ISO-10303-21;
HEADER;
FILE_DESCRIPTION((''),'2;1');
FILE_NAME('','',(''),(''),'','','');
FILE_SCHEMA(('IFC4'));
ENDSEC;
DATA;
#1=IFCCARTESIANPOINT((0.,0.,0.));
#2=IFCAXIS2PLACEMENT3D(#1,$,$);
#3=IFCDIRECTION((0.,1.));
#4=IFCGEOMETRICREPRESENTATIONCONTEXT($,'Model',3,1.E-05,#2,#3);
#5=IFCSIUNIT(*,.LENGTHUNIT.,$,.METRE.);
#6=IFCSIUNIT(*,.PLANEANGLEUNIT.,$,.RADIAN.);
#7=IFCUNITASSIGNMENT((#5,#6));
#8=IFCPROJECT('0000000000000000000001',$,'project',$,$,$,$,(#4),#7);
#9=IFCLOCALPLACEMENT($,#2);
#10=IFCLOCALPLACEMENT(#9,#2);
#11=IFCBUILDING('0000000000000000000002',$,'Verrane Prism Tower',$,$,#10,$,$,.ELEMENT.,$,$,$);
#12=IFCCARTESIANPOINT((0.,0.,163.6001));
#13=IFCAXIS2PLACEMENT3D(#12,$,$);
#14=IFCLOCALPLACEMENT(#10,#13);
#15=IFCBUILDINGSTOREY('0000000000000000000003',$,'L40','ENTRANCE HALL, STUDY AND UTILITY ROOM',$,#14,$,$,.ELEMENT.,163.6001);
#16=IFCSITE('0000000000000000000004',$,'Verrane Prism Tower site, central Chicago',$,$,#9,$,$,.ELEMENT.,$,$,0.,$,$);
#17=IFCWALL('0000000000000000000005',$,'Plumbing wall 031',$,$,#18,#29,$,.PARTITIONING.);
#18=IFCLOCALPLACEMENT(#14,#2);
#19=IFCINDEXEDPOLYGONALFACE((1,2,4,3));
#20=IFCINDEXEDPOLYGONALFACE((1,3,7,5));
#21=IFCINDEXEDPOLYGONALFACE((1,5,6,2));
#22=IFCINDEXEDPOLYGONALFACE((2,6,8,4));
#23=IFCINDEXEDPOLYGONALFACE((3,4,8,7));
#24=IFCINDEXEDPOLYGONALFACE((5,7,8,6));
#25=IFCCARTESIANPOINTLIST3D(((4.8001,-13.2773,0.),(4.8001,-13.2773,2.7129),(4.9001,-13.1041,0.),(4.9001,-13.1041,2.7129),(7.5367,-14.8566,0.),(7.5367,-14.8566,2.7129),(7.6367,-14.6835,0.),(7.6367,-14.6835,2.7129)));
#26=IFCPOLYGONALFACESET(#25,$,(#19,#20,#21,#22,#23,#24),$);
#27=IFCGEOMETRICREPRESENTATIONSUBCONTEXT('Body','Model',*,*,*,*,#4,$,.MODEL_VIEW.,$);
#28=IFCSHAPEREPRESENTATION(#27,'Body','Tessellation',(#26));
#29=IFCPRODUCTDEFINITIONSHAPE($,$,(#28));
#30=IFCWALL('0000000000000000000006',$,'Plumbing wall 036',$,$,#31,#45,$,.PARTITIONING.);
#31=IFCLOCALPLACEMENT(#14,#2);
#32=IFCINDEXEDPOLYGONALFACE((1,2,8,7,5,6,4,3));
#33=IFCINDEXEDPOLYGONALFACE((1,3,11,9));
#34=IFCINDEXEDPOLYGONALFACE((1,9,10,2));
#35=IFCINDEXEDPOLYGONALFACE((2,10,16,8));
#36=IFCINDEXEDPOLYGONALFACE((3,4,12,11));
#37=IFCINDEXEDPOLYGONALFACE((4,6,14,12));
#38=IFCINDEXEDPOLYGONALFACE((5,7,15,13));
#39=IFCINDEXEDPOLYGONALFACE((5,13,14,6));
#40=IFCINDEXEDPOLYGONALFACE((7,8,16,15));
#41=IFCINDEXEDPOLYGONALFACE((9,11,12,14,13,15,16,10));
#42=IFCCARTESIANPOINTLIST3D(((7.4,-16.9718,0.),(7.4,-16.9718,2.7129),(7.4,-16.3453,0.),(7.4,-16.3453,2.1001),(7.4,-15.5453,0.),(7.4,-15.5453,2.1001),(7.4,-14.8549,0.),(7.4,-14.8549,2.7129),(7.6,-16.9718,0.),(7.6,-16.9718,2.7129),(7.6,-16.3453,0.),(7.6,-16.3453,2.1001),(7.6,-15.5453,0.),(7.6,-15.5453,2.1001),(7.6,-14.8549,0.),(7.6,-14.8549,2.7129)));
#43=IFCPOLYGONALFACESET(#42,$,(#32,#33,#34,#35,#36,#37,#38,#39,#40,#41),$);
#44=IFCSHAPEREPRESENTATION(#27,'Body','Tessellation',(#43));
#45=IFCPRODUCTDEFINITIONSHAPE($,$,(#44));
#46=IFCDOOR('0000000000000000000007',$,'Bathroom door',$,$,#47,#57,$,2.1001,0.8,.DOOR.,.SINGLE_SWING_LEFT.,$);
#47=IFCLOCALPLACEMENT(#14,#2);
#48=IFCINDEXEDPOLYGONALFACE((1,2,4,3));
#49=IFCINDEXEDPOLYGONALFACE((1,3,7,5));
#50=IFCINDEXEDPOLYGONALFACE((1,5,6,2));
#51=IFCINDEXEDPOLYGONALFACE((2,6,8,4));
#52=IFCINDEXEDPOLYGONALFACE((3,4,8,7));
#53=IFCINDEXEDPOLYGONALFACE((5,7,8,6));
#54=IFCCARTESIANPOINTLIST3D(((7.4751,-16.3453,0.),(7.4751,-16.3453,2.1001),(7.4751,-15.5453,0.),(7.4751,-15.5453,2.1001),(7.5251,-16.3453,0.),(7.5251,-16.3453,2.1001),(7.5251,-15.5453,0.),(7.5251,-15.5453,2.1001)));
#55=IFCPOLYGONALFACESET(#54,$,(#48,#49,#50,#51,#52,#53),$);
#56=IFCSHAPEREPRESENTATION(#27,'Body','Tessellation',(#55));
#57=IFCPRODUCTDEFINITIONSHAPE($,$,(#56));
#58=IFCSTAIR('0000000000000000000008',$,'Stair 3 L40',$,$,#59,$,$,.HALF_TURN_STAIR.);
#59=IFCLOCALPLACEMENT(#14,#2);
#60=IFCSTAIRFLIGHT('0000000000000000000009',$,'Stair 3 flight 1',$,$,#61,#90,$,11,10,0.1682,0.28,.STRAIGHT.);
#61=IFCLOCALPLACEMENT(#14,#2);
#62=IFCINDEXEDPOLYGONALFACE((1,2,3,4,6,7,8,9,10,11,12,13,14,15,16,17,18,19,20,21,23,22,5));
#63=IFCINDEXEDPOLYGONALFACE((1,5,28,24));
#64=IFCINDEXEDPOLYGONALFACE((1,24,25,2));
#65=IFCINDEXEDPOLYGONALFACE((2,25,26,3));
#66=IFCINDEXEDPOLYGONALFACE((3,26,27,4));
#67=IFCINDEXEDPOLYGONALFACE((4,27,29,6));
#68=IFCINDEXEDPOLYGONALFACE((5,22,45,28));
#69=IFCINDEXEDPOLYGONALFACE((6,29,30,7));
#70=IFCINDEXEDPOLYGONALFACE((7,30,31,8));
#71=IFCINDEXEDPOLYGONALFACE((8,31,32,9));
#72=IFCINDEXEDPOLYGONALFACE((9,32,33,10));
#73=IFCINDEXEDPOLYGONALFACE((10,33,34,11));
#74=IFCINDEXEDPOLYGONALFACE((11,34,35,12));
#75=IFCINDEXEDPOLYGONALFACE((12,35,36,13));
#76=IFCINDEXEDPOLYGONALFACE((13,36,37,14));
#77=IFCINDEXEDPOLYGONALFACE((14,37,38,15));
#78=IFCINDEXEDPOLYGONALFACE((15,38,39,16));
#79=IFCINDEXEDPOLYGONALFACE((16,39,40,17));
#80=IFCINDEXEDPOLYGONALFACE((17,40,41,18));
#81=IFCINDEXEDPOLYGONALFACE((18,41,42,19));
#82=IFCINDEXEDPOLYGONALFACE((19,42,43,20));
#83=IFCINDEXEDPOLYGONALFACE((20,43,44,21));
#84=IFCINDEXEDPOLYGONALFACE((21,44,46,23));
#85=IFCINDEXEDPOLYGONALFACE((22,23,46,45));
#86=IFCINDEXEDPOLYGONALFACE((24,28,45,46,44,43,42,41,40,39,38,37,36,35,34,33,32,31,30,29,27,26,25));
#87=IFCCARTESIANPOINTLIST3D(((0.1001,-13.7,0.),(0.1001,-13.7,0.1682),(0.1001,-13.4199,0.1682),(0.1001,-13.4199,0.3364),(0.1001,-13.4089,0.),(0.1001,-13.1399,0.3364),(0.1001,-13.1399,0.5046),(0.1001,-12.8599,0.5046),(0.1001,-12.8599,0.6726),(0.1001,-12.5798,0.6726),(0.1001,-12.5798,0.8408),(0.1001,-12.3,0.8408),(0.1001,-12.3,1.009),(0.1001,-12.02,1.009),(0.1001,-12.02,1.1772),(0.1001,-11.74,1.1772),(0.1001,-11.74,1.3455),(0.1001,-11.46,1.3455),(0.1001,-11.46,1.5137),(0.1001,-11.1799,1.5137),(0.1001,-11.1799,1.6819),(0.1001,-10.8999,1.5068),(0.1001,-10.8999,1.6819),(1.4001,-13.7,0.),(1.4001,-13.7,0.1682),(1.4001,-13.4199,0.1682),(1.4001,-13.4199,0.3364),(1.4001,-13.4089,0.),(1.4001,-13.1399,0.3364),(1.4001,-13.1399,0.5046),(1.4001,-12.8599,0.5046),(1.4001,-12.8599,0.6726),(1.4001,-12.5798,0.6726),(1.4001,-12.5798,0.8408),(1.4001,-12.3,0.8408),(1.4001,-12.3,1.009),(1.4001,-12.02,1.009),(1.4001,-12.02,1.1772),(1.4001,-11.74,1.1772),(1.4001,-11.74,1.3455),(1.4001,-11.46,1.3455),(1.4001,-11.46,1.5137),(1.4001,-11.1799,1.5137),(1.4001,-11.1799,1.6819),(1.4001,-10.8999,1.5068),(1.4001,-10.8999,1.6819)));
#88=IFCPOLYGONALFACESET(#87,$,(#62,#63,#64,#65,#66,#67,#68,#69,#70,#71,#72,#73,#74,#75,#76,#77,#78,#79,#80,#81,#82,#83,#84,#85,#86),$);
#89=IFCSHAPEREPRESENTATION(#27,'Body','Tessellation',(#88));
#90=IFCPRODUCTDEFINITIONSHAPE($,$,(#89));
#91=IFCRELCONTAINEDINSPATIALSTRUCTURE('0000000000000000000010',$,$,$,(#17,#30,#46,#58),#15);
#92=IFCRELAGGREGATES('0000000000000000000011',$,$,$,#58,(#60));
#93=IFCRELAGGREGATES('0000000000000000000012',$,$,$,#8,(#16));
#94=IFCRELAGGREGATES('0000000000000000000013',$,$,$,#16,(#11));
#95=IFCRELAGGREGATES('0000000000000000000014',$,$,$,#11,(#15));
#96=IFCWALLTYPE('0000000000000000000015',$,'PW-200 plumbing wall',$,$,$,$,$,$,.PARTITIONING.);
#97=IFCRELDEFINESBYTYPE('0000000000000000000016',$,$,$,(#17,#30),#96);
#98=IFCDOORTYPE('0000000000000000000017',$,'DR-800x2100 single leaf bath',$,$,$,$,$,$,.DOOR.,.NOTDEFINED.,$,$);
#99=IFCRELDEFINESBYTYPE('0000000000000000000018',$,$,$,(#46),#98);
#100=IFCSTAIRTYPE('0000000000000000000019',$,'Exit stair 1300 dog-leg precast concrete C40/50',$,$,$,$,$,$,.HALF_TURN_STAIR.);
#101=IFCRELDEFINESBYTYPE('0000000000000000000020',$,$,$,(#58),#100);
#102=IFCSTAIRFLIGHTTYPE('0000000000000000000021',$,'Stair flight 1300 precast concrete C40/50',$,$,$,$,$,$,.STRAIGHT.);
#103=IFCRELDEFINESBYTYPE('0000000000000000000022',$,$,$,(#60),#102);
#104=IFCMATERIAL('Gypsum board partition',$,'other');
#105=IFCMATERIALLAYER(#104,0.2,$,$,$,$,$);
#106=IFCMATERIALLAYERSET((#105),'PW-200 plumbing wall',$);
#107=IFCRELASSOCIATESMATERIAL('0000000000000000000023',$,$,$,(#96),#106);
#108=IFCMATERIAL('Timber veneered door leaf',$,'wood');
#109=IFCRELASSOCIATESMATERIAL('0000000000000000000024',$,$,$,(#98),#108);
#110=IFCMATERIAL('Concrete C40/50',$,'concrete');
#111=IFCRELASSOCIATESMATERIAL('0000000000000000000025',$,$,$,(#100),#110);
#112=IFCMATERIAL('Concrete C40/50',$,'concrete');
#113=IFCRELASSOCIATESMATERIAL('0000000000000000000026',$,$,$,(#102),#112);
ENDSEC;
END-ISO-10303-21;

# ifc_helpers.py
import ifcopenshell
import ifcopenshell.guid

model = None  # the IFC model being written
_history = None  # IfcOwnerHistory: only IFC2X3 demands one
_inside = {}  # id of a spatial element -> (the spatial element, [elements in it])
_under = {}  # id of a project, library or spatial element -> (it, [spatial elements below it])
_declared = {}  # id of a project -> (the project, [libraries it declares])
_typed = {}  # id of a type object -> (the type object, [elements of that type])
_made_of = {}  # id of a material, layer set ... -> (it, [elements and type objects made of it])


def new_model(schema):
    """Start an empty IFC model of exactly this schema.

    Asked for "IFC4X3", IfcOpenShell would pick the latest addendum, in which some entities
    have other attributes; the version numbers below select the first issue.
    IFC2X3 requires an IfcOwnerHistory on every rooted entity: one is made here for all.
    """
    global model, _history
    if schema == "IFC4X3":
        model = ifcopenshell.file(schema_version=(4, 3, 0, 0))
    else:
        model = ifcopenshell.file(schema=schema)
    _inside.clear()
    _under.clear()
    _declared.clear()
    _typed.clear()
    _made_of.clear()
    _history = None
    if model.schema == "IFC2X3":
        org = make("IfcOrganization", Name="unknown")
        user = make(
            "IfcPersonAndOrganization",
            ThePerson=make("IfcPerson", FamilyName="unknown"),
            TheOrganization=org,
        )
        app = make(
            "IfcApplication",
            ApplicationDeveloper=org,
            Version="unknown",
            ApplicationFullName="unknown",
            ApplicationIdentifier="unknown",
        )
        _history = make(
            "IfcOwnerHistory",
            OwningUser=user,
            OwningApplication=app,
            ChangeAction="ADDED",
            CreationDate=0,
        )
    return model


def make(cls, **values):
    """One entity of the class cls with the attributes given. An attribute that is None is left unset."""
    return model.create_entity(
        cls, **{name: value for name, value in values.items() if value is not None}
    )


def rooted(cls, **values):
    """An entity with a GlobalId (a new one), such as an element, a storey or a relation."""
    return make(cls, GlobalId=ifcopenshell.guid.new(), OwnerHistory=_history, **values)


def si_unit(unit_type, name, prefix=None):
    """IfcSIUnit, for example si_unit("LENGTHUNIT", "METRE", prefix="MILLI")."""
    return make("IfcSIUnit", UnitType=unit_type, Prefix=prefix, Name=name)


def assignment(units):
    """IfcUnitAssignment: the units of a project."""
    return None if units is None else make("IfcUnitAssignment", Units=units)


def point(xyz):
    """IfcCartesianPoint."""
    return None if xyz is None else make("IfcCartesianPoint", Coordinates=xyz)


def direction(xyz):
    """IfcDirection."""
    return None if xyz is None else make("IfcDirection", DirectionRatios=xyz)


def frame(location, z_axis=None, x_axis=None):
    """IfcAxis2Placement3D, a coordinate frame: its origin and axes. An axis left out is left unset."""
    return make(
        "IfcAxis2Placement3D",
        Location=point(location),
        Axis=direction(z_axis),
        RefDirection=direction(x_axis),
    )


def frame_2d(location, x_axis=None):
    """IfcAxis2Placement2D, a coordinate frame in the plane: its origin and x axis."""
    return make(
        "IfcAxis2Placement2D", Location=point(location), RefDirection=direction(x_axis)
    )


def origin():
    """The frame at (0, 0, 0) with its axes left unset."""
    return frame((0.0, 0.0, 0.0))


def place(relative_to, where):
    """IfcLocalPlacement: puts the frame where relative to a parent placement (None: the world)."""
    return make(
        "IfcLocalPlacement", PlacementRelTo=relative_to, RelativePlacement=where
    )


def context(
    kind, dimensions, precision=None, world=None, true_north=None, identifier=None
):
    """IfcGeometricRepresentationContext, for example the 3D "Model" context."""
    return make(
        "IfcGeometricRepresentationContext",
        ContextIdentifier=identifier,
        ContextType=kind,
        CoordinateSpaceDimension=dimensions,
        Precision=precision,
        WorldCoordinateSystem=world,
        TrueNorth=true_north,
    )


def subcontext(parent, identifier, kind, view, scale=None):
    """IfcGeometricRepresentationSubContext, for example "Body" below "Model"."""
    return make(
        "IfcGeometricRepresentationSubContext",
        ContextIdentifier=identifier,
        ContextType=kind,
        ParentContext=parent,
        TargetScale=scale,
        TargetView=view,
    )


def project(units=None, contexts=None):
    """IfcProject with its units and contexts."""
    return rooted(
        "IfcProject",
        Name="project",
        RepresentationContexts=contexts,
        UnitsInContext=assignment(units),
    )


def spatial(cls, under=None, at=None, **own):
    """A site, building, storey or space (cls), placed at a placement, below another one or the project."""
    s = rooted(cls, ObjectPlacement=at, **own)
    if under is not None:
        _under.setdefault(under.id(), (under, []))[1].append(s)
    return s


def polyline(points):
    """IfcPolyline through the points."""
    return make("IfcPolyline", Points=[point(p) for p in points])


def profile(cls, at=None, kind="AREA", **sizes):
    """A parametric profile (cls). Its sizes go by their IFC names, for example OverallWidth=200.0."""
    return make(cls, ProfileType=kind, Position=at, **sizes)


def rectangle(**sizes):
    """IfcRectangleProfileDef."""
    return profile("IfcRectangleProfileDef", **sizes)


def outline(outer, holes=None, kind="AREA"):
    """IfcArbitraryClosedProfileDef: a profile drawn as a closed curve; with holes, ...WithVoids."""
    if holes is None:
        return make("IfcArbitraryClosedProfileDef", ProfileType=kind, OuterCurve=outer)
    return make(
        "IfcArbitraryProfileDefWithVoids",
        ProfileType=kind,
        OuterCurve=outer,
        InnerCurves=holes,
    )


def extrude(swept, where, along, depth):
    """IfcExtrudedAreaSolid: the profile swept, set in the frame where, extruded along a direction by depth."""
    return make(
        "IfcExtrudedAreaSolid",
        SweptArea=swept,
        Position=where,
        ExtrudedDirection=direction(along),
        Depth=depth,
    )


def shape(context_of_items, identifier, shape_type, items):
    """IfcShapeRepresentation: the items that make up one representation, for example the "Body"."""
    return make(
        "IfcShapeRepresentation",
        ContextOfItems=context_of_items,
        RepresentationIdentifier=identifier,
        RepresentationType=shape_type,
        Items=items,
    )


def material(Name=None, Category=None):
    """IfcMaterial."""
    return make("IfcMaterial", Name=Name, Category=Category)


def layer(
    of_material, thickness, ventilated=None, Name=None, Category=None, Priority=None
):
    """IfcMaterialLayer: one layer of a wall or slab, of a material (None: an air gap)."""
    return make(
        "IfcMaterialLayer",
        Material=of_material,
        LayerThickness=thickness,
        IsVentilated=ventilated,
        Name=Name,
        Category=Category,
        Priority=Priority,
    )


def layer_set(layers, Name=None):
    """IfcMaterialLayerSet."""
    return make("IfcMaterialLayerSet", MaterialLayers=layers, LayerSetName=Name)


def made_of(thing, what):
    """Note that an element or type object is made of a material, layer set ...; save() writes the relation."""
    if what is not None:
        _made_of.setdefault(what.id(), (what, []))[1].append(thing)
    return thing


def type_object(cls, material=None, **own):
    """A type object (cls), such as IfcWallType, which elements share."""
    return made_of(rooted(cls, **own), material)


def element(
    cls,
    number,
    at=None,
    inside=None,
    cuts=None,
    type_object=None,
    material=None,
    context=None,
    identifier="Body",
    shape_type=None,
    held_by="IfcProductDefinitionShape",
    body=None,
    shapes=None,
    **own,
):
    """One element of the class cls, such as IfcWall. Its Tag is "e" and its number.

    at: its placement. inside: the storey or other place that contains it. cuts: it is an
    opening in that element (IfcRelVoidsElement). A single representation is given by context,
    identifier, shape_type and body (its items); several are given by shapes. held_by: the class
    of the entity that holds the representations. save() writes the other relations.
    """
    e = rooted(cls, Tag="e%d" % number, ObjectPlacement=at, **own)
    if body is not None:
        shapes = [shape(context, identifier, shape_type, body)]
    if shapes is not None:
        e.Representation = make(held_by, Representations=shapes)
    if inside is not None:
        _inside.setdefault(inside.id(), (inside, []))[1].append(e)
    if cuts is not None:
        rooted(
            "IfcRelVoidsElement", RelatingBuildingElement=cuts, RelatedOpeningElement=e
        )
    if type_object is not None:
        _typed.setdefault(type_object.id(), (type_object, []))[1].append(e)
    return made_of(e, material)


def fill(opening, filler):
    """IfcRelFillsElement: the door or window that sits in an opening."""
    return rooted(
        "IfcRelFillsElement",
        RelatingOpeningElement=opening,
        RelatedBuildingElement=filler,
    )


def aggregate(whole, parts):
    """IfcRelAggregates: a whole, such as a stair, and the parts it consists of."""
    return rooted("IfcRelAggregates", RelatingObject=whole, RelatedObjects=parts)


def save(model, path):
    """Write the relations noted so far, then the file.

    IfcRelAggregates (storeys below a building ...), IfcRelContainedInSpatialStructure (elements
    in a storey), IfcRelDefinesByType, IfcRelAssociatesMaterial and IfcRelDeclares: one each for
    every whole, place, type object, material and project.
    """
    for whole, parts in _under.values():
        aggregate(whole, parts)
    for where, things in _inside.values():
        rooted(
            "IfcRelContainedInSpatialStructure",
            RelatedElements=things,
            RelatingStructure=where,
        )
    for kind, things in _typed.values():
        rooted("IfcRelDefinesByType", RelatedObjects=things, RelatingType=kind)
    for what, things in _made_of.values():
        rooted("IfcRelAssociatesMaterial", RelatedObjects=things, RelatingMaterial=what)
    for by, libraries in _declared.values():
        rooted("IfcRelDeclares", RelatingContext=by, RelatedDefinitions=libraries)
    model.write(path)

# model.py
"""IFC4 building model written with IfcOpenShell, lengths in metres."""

from ifc_helpers import new_model, si_unit, direction, frame, frame_2d, origin, place, context, subcontext, project, spatial, polyline, rectangle, outline, extrude, material, layer, layer_set, type_object, element, fill, aggregate, save


model = new_model("IFC4")

# Units and contexts
model_context = context("Model", 3, precision=1e-05, world=origin(), true_north=direction((0.0, 1.0)))
body_context = subcontext(model_context, "Body", "Model", "MODEL_VIEW")
ifc_project = project(units=[si_unit("LENGTHUNIT", "METRE"), si_unit("PLANEANGLEUNIT", "RADIAN")], contexts=[model_context])

# Site, building, storey
site_placement = place(None, origin())
site = spatial("IfcSite", under=ifc_project, at=site_placement, Name="Verrane Prism Tower site, central Chicago", CompositionType="ELEMENT", RefElevation=0.0)
building_placement = place(site_placement, origin())
building = spatial("IfcBuilding", under=site, at=building_placement, Name="Verrane Prism Tower", CompositionType="ELEMENT")
storey_placement = place(building_placement, frame((0.0, 0.0, 163.6001)))
storey = spatial("IfcBuildingStorey", under=building, at=storey_placement, Name="L40", Description="ENTRANCE HALL, STUDY AND UTILITY ROOM", CompositionType="ELEMENT", Elevation=163.6001)

# Shared definitions
ifc_material_1 = material(Name="Gypsum board partition", Category="other")
ifc_layer_1 = layer(ifc_material_1, 0.2)
ifc_layer_set_1 = layer_set([ifc_layer_1], Name="PW-200 plumbing wall")
wall_type_1 = type_object("IfcWallType", Name="PW-200 plumbing wall", PredefinedType="PARTITIONING", material=ifc_layer_set_1)

# Wall
wall_1_placement = place(storey_placement, frame((4.8501, -13.1907, 0.0), z_axis=(0.0, 0.0, 1.0), x_axis=(0.86611, -0.499854, 0.0)))
element("IfcWall", 1, at=wall_1_placement, inside=storey, type_object=wall_type_1, Name="Plumbing wall 031", PredefinedType="PARTITIONING", context=body_context, shape_type="SweptSolid", body=[
    extrude(rectangle(XDim=3.1597, YDim=0.2, at=frame_2d((1.5798, 0.0))), origin(), (0.0, 0.0, 1.0), 2.7129),
])

# Wall, opening, door
wall_2_placement = place(storey_placement, frame((7.5, -16.9719, 0.0), z_axis=(0.0, 0.0, 1.0), x_axis=(0.0, 1.0, 0.0)))
wall_2 = element("IfcWall", 2, at=wall_2_placement, inside=storey, type_object=wall_type_1, Name="Plumbing wall 036", PredefinedType="PARTITIONING", context=body_context, shape_type="SweptSolid", body=[
    extrude(rectangle(XDim=2.1169, YDim=0.2, at=frame_2d((1.0586, 0.0))), origin(), (0.0, 0.0, 1.0), 2.7129),
])
opening_1_placement = place(wall_2_placement, frame((0.6267, 0.0, 0.0)))
opening_1 = element("IfcOpeningElement", 3, at=opening_1_placement, cuts=wall_2, PredefinedType="OPENING", context=body_context, shape_type="SweptSolid", body=[
    extrude(rectangle(XDim=0.8, YDim=2.1001, at=frame_2d((0.3999, 1.05))), frame((0.0, 0.1099, 0.0), z_axis=(0.0, -1.0, 0.0), x_axis=(1.0, 0.0, 0.0)), (0.0, 0.0, 1.0), 0.22),
])
ifc_material_2 = material(Name="Timber veneered door leaf", Category="wood")
door_type_1 = type_object("IfcDoorType", Name="DR-800x2100 single leaf bath", OperationType="NOTDEFINED", PredefinedType="DOOR", material=ifc_material_2)
door_1_placement = place(opening_1_placement, origin())
door_1 = element("IfcDoor", 4, at=door_1_placement, inside=storey, type_object=door_type_1, Name="Bathroom door", OperationType="SINGLE_SWING_LEFT", OverallHeight=2.1001, OverallWidth=0.8, PredefinedType="DOOR", context=body_context, shape_type="SweptSolid", body=[
    extrude(rectangle(XDim=0.8, YDim=2.1001, at=frame_2d((0.3999, 1.05))), frame((0.0, 0.0249, 0.0), z_axis=(0.0, -1.0, 0.0), x_axis=(1.0, 0.0, 0.0)), (0.0, 0.0, 1.0), 0.05),
])
fill(opening_1, door_1)

# Stair, stair flight
ifc_material_3 = material(Name="Concrete C40/50", Category="concrete")
stair_type = type_object("IfcStairType", Name="Exit stair 1300 dog-leg precast concrete C40/50", PredefinedType="HALF_TURN_STAIR", material=ifc_material_3)
stair_placement = place(storey_placement, origin())
stair = element("IfcStair", 5, at=stair_placement, inside=storey, type_object=stair_type, Name="Stair 3 L40", PredefinedType="HALF_TURN_STAIR")
ifc_material_4 = material(Name="Concrete C40/50", Category="concrete")
stair_flight_type = type_object("IfcStairFlightType", Name="Stair flight 1300 precast concrete C40/50", PredefinedType="STRAIGHT", material=ifc_material_4)
stair_flight_placement = place(storey_placement, frame((0.75, -13.7, 0.0), z_axis=(0.0, 0.0, 1.0), x_axis=(0.0, 1.0, 0.0)))
stair_flight = element("IfcStairFlight", 6, at=stair_flight_placement, type_object=stair_flight_type, Name="Stair 3 flight 1", NumberOfRisers=11, NumberOfTreads=10, PredefinedType="STRAIGHT", RiserHeight=0.1682, TreadLength=0.28, context=body_context, shape_type="SweptSolid", body=[
    extrude(outline(polyline([(0.0, 0.0), (0.0, 0.1682), (0.28, 0.1682), (0.28, 0.3364), (0.5601, 0.3364), (0.5601, 0.5046), (0.8401, 0.5046), (0.8401, 0.6726), (1.1201, 0.6726), (1.1201, 0.8408), (1.3999, 0.8408), (1.3999, 1.009), (1.6799, 1.009), (1.6799, 1.1772), (1.96, 1.1772), (1.96, 1.3455), (2.24, 1.3455), (2.24, 1.5137), (2.52, 1.5137), (2.52, 1.6819), (2.8, 1.6819), (2.8, 1.8501), (2.8, 1.5068), (0.291, 0.0), (0.0, 0.0)])), frame((0.0, 0.6499, 0.0), z_axis=(0.0, -1.0, 0.0), x_axis=(1.0, 0.0, 0.0)), (0.0, 0.0, 1.0), 1.3),
])
aggregate(stair, [stair_flight])

save(model, "model.ifc")
